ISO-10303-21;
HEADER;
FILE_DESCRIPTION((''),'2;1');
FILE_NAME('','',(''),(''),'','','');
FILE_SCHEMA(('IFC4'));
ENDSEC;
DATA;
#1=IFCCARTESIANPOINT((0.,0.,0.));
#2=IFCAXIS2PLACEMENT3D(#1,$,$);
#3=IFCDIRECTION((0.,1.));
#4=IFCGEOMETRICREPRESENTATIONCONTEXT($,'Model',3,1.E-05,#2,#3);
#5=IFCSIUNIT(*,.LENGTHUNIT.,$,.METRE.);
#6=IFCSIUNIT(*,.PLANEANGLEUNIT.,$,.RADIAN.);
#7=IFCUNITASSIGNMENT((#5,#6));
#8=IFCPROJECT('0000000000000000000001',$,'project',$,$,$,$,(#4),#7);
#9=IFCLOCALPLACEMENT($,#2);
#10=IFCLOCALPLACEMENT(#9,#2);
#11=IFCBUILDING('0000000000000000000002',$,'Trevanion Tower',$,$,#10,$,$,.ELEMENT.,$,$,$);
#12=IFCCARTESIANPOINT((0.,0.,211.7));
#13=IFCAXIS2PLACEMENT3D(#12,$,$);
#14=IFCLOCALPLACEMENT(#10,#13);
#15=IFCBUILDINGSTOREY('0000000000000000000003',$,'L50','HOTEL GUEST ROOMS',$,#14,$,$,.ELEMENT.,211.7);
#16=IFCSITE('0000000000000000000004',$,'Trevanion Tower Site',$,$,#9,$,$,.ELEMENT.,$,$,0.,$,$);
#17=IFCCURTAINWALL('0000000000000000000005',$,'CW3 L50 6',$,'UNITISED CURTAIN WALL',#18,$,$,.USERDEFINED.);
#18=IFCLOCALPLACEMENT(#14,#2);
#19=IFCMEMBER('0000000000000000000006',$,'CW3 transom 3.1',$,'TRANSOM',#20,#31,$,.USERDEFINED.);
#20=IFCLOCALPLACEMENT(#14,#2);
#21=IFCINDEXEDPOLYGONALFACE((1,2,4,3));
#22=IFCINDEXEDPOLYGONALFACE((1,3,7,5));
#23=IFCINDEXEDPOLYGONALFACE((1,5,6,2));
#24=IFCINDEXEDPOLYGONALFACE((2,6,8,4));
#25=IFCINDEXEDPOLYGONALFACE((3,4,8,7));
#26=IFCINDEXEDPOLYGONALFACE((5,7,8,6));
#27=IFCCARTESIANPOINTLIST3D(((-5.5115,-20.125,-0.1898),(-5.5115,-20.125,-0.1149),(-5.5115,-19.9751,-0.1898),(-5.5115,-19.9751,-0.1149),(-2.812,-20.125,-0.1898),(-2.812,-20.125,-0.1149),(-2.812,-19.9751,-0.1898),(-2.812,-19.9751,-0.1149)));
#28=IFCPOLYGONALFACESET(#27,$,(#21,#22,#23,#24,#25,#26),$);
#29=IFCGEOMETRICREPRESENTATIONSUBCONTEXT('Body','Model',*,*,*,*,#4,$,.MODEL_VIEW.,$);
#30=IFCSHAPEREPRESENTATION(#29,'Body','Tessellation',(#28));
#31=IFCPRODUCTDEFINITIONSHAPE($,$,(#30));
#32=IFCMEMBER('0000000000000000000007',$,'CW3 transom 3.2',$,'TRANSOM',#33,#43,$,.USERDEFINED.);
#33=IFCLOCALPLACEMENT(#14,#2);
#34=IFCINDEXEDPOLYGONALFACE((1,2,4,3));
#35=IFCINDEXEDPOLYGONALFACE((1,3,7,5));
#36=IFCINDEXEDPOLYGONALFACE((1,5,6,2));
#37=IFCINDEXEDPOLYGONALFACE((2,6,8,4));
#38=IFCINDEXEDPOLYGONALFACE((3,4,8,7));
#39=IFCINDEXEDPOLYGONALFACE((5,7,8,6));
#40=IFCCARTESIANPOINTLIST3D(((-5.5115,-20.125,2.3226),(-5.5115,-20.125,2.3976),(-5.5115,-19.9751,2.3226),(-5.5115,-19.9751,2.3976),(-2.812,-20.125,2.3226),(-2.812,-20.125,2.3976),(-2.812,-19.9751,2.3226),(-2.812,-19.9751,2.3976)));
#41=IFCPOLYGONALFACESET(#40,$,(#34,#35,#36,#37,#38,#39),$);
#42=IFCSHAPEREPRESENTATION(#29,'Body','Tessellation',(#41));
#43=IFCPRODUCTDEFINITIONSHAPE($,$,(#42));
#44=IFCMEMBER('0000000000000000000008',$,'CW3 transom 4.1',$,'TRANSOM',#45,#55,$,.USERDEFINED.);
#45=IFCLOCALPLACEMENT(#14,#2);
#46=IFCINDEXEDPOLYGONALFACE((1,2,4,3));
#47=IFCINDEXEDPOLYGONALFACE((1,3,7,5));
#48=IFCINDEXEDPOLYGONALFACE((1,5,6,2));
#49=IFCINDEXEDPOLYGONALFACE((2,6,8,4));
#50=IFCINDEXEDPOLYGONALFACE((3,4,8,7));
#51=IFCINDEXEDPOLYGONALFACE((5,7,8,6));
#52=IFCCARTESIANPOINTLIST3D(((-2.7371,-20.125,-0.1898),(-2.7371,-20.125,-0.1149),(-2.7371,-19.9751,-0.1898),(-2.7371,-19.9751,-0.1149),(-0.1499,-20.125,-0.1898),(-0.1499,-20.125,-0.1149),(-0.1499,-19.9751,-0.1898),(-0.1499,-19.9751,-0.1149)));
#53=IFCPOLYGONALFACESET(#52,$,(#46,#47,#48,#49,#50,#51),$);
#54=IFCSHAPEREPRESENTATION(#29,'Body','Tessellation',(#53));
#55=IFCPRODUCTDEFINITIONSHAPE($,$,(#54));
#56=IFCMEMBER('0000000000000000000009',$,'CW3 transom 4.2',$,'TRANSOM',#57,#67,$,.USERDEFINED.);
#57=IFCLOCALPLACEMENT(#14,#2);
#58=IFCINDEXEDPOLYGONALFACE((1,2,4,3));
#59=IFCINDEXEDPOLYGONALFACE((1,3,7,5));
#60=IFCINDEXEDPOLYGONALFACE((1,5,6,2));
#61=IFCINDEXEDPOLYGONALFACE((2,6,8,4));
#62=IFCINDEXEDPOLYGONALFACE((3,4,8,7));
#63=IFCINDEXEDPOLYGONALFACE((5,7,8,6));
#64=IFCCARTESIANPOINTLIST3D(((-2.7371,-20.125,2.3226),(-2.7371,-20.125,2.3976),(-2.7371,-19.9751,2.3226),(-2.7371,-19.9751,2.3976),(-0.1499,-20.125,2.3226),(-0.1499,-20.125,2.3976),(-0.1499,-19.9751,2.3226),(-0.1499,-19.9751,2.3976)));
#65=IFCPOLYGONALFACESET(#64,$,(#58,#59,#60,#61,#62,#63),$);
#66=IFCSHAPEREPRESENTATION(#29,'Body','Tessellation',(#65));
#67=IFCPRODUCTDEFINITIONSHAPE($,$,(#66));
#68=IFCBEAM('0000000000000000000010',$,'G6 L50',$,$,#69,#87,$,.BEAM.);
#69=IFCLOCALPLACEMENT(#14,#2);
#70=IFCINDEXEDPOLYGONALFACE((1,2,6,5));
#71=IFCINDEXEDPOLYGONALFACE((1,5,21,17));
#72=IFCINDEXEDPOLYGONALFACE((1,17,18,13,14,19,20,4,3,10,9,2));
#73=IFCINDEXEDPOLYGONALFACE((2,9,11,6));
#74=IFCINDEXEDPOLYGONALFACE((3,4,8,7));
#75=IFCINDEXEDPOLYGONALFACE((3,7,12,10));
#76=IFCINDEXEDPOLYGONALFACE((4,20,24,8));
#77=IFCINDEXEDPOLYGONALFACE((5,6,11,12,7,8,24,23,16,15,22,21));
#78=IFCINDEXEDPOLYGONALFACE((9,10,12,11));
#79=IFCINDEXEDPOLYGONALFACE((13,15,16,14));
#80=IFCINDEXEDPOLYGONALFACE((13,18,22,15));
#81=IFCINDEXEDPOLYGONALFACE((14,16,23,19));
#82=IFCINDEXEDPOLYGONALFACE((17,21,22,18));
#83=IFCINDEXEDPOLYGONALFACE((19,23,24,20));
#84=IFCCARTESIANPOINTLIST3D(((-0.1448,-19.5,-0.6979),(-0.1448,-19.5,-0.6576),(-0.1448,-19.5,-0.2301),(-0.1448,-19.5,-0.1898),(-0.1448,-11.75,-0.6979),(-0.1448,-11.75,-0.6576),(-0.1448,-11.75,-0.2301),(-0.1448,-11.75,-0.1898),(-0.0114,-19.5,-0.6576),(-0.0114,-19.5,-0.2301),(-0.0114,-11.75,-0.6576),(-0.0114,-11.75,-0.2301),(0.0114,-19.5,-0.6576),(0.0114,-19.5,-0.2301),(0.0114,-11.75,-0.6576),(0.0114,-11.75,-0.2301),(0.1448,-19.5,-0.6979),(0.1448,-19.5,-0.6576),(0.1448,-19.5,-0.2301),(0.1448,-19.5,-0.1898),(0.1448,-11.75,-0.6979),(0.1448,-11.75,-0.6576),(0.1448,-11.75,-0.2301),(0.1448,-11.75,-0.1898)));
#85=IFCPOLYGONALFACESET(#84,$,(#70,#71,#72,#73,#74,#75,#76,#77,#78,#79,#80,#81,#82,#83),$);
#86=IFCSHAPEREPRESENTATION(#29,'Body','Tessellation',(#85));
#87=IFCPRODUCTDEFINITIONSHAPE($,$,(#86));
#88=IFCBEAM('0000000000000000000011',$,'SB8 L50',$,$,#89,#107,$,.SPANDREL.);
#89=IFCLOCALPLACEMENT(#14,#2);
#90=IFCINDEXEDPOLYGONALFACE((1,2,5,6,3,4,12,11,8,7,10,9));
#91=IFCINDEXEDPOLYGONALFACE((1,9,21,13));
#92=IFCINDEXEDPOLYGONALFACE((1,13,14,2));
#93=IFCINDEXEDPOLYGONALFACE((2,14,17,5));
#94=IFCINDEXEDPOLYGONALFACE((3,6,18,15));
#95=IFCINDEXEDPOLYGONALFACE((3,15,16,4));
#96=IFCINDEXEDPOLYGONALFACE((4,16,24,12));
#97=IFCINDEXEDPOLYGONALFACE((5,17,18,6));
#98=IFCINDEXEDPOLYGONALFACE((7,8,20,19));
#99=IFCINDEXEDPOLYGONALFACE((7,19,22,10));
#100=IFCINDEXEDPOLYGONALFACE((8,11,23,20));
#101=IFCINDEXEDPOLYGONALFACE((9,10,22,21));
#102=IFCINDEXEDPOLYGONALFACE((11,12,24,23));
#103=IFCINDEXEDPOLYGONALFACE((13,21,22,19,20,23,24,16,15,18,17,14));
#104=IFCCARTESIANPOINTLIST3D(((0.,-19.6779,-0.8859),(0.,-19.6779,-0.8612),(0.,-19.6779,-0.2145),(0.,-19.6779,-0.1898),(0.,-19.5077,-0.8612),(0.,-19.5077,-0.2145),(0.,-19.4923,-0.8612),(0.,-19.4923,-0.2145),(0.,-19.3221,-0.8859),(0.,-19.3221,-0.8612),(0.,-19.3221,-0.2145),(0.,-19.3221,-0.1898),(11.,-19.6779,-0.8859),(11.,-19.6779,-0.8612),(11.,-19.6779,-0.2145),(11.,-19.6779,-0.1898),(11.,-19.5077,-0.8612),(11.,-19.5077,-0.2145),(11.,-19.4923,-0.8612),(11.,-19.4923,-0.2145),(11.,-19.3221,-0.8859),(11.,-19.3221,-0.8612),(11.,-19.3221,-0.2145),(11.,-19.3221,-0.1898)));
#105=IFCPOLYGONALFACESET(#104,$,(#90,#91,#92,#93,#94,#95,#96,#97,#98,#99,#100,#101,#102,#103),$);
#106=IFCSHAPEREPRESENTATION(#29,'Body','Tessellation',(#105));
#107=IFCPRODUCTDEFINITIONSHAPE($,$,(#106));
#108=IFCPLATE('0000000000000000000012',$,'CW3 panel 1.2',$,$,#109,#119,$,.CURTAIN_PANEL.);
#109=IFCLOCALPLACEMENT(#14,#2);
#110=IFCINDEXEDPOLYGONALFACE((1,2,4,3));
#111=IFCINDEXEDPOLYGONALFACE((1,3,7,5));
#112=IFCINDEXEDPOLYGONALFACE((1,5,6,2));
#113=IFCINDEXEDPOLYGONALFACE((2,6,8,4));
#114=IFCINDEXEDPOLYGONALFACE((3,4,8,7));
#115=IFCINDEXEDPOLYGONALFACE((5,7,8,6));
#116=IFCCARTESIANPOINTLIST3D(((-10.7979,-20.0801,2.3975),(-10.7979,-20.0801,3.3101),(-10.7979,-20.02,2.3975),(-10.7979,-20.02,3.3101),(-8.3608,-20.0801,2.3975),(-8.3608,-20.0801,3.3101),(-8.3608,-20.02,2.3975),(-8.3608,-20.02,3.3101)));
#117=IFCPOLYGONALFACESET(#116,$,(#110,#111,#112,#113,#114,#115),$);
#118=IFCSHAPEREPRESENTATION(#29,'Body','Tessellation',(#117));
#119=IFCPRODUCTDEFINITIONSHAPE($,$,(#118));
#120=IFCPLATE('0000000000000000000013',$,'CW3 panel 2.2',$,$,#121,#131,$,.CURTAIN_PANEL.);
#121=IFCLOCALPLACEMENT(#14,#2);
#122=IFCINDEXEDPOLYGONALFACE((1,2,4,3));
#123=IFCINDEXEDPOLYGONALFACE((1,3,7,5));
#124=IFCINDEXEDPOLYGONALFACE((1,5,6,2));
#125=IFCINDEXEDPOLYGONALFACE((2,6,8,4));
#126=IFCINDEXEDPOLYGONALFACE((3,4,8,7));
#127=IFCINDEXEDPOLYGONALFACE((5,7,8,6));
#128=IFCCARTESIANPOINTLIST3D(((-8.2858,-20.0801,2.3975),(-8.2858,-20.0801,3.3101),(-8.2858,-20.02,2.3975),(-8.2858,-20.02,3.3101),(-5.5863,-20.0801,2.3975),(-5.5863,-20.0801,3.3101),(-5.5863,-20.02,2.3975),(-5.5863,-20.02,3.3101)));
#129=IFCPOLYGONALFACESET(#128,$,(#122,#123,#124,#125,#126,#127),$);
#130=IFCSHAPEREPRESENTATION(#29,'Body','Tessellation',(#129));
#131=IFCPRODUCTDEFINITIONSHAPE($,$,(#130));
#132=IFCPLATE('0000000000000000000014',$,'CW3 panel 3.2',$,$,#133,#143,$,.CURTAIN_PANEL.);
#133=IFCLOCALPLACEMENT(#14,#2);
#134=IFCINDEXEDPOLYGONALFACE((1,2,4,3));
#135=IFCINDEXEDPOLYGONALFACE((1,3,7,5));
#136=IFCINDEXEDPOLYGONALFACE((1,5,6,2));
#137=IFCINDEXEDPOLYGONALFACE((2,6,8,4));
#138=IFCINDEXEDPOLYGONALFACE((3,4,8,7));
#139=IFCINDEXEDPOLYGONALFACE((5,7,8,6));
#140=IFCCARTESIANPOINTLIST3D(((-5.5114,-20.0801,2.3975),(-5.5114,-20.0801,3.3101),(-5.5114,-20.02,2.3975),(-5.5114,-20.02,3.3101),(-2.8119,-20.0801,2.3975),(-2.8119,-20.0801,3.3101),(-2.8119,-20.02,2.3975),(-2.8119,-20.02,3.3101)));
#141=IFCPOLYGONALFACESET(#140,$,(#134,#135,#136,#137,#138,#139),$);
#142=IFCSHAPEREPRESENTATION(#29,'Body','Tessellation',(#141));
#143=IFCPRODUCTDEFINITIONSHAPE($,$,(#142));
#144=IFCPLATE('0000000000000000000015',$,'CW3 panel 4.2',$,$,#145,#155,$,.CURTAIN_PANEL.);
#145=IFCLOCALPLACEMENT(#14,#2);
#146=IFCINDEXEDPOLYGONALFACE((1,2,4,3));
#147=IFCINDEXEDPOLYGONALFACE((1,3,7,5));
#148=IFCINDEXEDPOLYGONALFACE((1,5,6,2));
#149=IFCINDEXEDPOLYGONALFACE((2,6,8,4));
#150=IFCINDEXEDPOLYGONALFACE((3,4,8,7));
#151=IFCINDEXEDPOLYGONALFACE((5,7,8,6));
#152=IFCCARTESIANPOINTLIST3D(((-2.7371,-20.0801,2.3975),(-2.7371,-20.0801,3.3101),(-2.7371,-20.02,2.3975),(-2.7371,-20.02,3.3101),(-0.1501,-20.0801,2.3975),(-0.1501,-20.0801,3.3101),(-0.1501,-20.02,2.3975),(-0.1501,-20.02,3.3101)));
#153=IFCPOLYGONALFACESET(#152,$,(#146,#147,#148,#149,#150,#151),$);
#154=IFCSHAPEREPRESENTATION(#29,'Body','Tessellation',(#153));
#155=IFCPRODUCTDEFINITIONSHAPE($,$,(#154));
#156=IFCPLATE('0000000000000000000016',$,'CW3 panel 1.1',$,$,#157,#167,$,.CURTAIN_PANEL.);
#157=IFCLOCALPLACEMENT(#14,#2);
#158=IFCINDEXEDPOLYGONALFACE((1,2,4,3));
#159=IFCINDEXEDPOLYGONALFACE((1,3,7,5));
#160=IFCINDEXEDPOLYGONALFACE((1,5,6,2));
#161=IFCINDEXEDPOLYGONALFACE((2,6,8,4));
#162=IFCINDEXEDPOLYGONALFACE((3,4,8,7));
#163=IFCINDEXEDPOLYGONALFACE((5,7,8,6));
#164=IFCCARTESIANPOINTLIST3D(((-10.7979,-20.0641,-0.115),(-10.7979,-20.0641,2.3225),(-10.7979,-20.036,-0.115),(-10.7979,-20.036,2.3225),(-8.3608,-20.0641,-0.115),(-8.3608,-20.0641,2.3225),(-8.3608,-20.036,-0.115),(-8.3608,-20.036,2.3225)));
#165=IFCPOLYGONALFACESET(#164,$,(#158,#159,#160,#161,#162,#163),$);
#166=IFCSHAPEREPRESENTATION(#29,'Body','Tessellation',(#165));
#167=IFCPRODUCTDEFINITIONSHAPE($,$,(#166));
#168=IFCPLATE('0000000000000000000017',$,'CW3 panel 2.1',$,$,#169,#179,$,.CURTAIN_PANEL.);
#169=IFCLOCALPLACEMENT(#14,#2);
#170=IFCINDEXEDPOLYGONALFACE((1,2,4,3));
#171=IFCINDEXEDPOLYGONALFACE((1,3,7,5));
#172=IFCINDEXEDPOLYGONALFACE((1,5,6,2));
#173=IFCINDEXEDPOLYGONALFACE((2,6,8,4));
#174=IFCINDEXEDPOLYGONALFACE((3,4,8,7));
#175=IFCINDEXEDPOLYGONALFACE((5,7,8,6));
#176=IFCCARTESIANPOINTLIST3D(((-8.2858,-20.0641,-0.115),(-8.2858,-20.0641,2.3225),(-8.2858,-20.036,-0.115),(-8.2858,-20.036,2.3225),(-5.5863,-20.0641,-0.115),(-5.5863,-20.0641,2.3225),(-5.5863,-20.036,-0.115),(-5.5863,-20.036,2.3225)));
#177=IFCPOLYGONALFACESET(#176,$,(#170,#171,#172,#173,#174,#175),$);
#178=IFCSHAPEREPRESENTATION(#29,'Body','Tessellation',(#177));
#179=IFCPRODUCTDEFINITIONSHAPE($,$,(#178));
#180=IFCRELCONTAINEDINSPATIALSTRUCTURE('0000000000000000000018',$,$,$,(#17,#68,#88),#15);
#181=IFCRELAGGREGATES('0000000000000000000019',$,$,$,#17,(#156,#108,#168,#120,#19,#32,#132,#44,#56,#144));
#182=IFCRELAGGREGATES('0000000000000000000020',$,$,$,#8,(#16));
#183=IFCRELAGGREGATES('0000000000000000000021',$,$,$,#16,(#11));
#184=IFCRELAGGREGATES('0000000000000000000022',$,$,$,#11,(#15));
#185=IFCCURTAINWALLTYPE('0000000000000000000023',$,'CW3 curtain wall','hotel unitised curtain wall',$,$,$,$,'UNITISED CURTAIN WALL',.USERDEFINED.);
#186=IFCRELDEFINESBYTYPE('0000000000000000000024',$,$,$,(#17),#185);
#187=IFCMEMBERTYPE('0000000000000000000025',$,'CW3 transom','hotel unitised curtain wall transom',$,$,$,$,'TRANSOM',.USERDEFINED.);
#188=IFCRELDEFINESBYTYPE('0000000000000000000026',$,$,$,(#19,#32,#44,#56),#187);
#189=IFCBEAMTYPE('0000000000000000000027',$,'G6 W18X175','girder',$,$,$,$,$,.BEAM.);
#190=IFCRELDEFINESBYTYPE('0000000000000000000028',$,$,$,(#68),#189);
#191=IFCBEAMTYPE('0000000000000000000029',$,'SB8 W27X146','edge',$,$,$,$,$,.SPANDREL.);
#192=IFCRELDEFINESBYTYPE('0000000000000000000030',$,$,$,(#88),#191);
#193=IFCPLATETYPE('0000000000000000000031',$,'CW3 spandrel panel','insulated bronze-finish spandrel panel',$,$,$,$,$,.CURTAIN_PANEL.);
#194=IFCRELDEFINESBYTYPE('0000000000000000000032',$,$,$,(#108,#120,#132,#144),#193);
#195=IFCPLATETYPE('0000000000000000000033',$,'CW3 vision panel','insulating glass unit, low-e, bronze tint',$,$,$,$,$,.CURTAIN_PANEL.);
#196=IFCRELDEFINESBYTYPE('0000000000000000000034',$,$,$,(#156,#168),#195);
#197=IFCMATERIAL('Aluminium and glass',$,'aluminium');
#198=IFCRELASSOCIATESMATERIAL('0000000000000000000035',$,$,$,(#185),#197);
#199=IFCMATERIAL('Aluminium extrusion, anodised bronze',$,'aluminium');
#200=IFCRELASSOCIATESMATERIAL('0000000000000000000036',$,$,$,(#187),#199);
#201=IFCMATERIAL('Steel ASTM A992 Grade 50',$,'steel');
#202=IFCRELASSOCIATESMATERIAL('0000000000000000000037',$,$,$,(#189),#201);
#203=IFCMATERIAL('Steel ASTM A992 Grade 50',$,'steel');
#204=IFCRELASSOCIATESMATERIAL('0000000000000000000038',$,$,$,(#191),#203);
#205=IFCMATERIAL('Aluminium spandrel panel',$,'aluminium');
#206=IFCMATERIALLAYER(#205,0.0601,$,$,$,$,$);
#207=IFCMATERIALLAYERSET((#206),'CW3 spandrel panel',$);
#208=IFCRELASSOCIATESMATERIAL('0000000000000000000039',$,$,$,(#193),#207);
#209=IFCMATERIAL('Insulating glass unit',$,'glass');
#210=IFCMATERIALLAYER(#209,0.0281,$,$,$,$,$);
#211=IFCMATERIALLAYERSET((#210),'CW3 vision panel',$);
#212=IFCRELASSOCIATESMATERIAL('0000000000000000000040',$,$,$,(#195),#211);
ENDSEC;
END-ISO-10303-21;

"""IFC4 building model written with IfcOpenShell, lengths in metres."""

from ifc_helpers import new_model, si_unit, direction, frame, origin, origin_2d, place, context, subcontext, project, spatial, rectangle, i_section, extrude, material, layer, layer_set, material_profile, profile_set, type_object, element, aggregate, save


model = new_model("IFC4")

# Units and contexts
model_context = context("Model", 3, precision=1e-05, world=origin(), true_north=direction((0.0, 1.0)))
body_context = subcontext(model_context, "Body", "Model", "MODEL_VIEW")
ifc_project = project(units=[si_unit("LENGTHUNIT", "METRE"), si_unit("PLANEANGLEUNIT", "RADIAN")], contexts=[model_context])

# Site, building, storey
site_placement = place(None, origin())
site = spatial("IfcSite", under=ifc_project, at=site_placement, Name="Trevanion Tower Site", CompositionType="ELEMENT", RefElevation=0.0)
building_placement = place(site_placement, origin())
building = spatial("IfcBuilding", under=site, at=building_placement, Name="Trevanion Tower", CompositionType="ELEMENT")
storey_placement = place(building_placement, frame((0.0, 0.0, 211.7)))
storey = spatial("IfcBuildingStorey", under=building, at=storey_placement, Name="L50", Description="HOTEL GUEST ROOMS", CompositionType="ELEMENT", Elevation=211.7)

# Curtain wall, members
ifc_material_1 = material(Name="Aluminium and glass", Category="aluminium")
curtain_wall_type = type_object("IfcCurtainWallType", Name="CW3 curtain wall", Description="hotel unitised curtain wall", ElementType="UNITISED CURTAIN WALL", PredefinedType="USERDEFINED", material=ifc_material_1)
curtain_wall_placement = place(storey_placement, origin())
curtain_wall = element("IfcCurtainWall", 1, at=curtain_wall_placement, inside=storey, type_object=curtain_wall_type, Name="CW3 L50 6", ObjectType="UNITISED CURTAIN WALL", PredefinedType="USERDEFINED")
ifc_material_2 = material(Name="Aluminium extrusion, anodised bronze", Category="aluminium")
ifc_material_profile_1 = material_profile(ifc_material_2, rectangle(XDim=0.1499, YDim=0.075, at=origin_2d()), Name="CW3 transom")
ifc_profile_set_1 = profile_set([ifc_material_profile_1], Name="Aluminium extrusion, anodised bronze")
member_type_1 = type_object("IfcMemberType", Name="CW3 transom", Description="hotel unitised curtain wall transom", ElementType="TRANSOM", PredefinedType="USERDEFINED", material=ifc_profile_set_1)
member_1_placement = place(storey_placement, frame((-5.5115, -20.05, -0.1523), z_axis=(1.0, 0.0, 0.0), x_axis=(0.0, 1.0, 0.0)))
member_1 = element("IfcMember", 2, at=member_1_placement, type_object=member_type_1, Name="CW3 transom 3.1", ObjectType="TRANSOM", PredefinedType="USERDEFINED", context=body_context, shape_type="SweptSolid", body=[
    extrude(rectangle(XDim=0.1499, YDim=0.075, at=origin_2d()), origin(), (0.0, 0.0, 1.0), 2.6995),
])
member_2_placement = place(storey_placement, frame((-5.5115, -20.05, 2.3601), z_axis=(1.0, 0.0, 0.0), x_axis=(0.0, 1.0, 0.0)))
member_2 = element("IfcMember", 3, at=member_2_placement, type_object=member_type_1, Name="CW3 transom 3.2", ObjectType="TRANSOM", PredefinedType="USERDEFINED", context=body_context, shape_type="SweptSolid", body=[
    extrude(rectangle(XDim=0.1499, YDim=0.075, at=origin_2d()), origin(), (0.0, 0.0, 1.0), 2.6995),
])
member_3_placement = place(storey_placement, frame((-2.7371, -20.05, -0.1523), z_axis=(1.0, 0.0, 0.0), x_axis=(0.0, 1.0, 0.0)))
member_3 = element("IfcMember", 4, at=member_3_placement, type_object=member_type_1, Name="CW3 transom 4.1", ObjectType="TRANSOM", PredefinedType="USERDEFINED", context=body_context, shape_type="SweptSolid", body=[
    extrude(rectangle(XDim=0.1499, YDim=0.075, at=origin_2d()), origin(), (0.0, 0.0, 1.0), 2.5872),
])
member_4_placement = place(storey_placement, frame((-2.7371, -20.05, 2.3601), z_axis=(1.0, 0.0, 0.0), x_axis=(0.0, 1.0, 0.0)))
member_4 = element("IfcMember", 5, at=member_4_placement, type_object=member_type_1, Name="CW3 transom 4.2", ObjectType="TRANSOM", PredefinedType="USERDEFINED", context=body_context, shape_type="SweptSolid", body=[
    extrude(rectangle(XDim=0.1499, YDim=0.075, at=origin_2d()), origin(), (0.0, 0.0, 1.0), 2.5872),
])

# Beams
ifc_material_3 = material(Name="Steel ASTM A992 Grade 50", Category="steel")
ifc_material_profile_2 = material_profile(ifc_material_3, i_section(OverallWidth=0.2896, OverallDepth=0.5081, WebThickness=0.0227, FlangeThickness=0.0403, at=origin_2d()), Name="W18X175")
ifc_profile_set_2 = profile_set([ifc_material_profile_2], Name="Steel ASTM A992 Grade 50")
beam_type_1 = type_object("IfcBeamType", Name="G6 W18X175", Description="girder", PredefinedType="BEAM", material=ifc_profile_set_2)
beam_1_placement = place(storey_placement, frame((0.0, -11.75, -0.4438), z_axis=(0.0, -1.0, 0.0), x_axis=(1.0, 0.0, 0.0)))
element("IfcBeam", 6, at=beam_1_placement, inside=storey, type_object=beam_type_1, Name="G6 L50", PredefinedType="BEAM", context=body_context, shape_type="SweptSolid", body=[
    extrude(i_section(OverallWidth=0.2896, OverallDepth=0.5081, WebThickness=0.0227, FlangeThickness=0.0403, at=origin_2d()), origin(), (0.0, 0.0, 1.0), 7.75),
])
ifc_material_4 = material(Name="Steel ASTM A992 Grade 50", Category="steel")
ifc_material_profile_3 = material_profile(ifc_material_4, i_section(OverallWidth=0.3557, OverallDepth=0.696, WebThickness=0.0154, FlangeThickness=0.0247, at=origin_2d()), Name="W27X146")
ifc_profile_set_3 = profile_set([ifc_material_profile_3], Name="Steel ASTM A992 Grade 50")
beam_type_2 = type_object("IfcBeamType", Name="SB8 W27X146", Description="edge", PredefinedType="SPANDREL", material=ifc_profile_set_3)
beam_2_placement = place(storey_placement, frame((0.0, -19.5, -0.5378), z_axis=(1.0, 0.0, 0.0), x_axis=(0.0, 1.0, 0.0)))
element("IfcBeam", 7, at=beam_2_placement, inside=storey, type_object=beam_type_2, Name="SB8 L50", PredefinedType="SPANDREL", context=body_context, shape_type="SweptSolid", body=[
    extrude(i_section(OverallWidth=0.3557, OverallDepth=0.696, WebThickness=0.0154, FlangeThickness=0.0247, at=origin_2d()), origin(), (0.0, 0.0, 1.0), 11.0),
])

# Plates
ifc_material_5 = material(Name="Aluminium spandrel panel", Category="aluminium")
ifc_layer_1 = layer(ifc_material_5, 0.0601)
ifc_layer_set_1 = layer_set([ifc_layer_1], Name="CW3 spandrel panel")
plate_type_1 = type_object("IfcPlateType", Name="CW3 spandrel panel", Description="insulated bronze-finish spandrel panel", PredefinedType="CURTAIN_PANEL", material=ifc_layer_set_1)
plate_1_placement = place(storey_placement, frame((-9.5793, -20.05, 2.3975), z_axis=(0.0, 0.0, 1.0), x_axis=(1.0, 0.0, 0.0)))
plate_1 = element("IfcPlate", 8, at=plate_1_placement, type_object=plate_type_1, Name="CW3 panel 1.2", PredefinedType="CURTAIN_PANEL", context=body_context, shape_type="SweptSolid", body=[
    extrude(rectangle(XDim=2.437, YDim=0.0601, at=origin_2d()), origin(), (0.0, 0.0, 1.0), 0.9126),
])
plate_2_placement = place(storey_placement, frame((-6.936, -20.05, 2.3975), z_axis=(0.0, 0.0, 1.0), x_axis=(1.0, 0.0, 0.0)))
plate_2 = element("IfcPlate", 9, at=plate_2_placement, type_object=plate_type_1, Name="CW3 panel 2.2", PredefinedType="CURTAIN_PANEL", context=body_context, shape_type="SweptSolid", body=[
    extrude(rectangle(XDim=2.6995, YDim=0.0601, at=origin_2d()), origin(), (0.0, 0.0, 1.0), 0.9126),
])
plate_3_placement = place(storey_placement, frame((-4.1616, -20.05, 2.3975), z_axis=(0.0, 0.0, 1.0), x_axis=(1.0, 0.0, 0.0)))
plate_3 = element("IfcPlate", 10, at=plate_3_placement, type_object=plate_type_1, Name="CW3 panel 3.2", PredefinedType="CURTAIN_PANEL", context=body_context, shape_type="SweptSolid", body=[
    extrude(rectangle(XDim=2.6995, YDim=0.0601, at=origin_2d()), origin(), (0.0, 0.0, 1.0), 0.9126),
])
plate_4_placement = place(storey_placement, frame((-1.4436, -20.05, 2.3975), z_axis=(0.0, 0.0, 1.0), x_axis=(1.0, 0.0, 0.0)))
plate_4 = element("IfcPlate", 11, at=plate_4_placement, type_object=plate_type_1, Name="CW3 panel 4.2", PredefinedType="CURTAIN_PANEL", context=body_context, shape_type="SweptSolid", body=[
    extrude(rectangle(XDim=2.5869, YDim=0.0601, at=origin_2d()), origin(), (0.0, 0.0, 1.0), 0.9126),
])
ifc_material_6 = material(Name="Insulating glass unit", Category="glass")
ifc_layer_2 = layer(ifc_material_6, 0.0281)
ifc_layer_set_2 = layer_set([ifc_layer_2], Name="CW3 vision panel")
plate_type_2 = type_object("IfcPlateType", Name="CW3 vision panel", Description="insulating glass unit, low-e, bronze tint", PredefinedType="CURTAIN_PANEL", material=ifc_layer_set_2)
plate_5_placement = place(storey_placement, frame((-9.5793, -20.05, -0.115), z_axis=(0.0, 0.0, 1.0), x_axis=(1.0, 0.0, 0.0)))
plate_5 = element("IfcPlate", 12, at=plate_5_placement, type_object=plate_type_2, Name="CW3 panel 1.1", PredefinedType="CURTAIN_PANEL", context=body_context, shape_type="SweptSolid", body=[
    extrude(rectangle(XDim=2.437, YDim=0.0281, at=origin_2d()), origin(), (0.0, 0.0, 1.0), 2.4375),
])
plate_6_placement = place(storey_placement, frame((-6.936, -20.05, -0.115), z_axis=(0.0, 0.0, 1.0), x_axis=(1.0, 0.0, 0.0)))
plate_6 = element("IfcPlate", 13, at=plate_6_placement, type_object=plate_type_2, Name="CW3 panel 2.1", PredefinedType="CURTAIN_PANEL", context=body_context, shape_type="SweptSolid", body=[
    extrude(rectangle(XDim=2.6995, YDim=0.0281, at=origin_2d()), origin(), (0.0, 0.0, 1.0), 2.4375),
])
aggregate(curtain_wall, [plate_5, plate_1, plate_6, plate_2, member_1, member_2, plate_3, member_3, member_4, plate_4])

save(model, "model.ifc")
